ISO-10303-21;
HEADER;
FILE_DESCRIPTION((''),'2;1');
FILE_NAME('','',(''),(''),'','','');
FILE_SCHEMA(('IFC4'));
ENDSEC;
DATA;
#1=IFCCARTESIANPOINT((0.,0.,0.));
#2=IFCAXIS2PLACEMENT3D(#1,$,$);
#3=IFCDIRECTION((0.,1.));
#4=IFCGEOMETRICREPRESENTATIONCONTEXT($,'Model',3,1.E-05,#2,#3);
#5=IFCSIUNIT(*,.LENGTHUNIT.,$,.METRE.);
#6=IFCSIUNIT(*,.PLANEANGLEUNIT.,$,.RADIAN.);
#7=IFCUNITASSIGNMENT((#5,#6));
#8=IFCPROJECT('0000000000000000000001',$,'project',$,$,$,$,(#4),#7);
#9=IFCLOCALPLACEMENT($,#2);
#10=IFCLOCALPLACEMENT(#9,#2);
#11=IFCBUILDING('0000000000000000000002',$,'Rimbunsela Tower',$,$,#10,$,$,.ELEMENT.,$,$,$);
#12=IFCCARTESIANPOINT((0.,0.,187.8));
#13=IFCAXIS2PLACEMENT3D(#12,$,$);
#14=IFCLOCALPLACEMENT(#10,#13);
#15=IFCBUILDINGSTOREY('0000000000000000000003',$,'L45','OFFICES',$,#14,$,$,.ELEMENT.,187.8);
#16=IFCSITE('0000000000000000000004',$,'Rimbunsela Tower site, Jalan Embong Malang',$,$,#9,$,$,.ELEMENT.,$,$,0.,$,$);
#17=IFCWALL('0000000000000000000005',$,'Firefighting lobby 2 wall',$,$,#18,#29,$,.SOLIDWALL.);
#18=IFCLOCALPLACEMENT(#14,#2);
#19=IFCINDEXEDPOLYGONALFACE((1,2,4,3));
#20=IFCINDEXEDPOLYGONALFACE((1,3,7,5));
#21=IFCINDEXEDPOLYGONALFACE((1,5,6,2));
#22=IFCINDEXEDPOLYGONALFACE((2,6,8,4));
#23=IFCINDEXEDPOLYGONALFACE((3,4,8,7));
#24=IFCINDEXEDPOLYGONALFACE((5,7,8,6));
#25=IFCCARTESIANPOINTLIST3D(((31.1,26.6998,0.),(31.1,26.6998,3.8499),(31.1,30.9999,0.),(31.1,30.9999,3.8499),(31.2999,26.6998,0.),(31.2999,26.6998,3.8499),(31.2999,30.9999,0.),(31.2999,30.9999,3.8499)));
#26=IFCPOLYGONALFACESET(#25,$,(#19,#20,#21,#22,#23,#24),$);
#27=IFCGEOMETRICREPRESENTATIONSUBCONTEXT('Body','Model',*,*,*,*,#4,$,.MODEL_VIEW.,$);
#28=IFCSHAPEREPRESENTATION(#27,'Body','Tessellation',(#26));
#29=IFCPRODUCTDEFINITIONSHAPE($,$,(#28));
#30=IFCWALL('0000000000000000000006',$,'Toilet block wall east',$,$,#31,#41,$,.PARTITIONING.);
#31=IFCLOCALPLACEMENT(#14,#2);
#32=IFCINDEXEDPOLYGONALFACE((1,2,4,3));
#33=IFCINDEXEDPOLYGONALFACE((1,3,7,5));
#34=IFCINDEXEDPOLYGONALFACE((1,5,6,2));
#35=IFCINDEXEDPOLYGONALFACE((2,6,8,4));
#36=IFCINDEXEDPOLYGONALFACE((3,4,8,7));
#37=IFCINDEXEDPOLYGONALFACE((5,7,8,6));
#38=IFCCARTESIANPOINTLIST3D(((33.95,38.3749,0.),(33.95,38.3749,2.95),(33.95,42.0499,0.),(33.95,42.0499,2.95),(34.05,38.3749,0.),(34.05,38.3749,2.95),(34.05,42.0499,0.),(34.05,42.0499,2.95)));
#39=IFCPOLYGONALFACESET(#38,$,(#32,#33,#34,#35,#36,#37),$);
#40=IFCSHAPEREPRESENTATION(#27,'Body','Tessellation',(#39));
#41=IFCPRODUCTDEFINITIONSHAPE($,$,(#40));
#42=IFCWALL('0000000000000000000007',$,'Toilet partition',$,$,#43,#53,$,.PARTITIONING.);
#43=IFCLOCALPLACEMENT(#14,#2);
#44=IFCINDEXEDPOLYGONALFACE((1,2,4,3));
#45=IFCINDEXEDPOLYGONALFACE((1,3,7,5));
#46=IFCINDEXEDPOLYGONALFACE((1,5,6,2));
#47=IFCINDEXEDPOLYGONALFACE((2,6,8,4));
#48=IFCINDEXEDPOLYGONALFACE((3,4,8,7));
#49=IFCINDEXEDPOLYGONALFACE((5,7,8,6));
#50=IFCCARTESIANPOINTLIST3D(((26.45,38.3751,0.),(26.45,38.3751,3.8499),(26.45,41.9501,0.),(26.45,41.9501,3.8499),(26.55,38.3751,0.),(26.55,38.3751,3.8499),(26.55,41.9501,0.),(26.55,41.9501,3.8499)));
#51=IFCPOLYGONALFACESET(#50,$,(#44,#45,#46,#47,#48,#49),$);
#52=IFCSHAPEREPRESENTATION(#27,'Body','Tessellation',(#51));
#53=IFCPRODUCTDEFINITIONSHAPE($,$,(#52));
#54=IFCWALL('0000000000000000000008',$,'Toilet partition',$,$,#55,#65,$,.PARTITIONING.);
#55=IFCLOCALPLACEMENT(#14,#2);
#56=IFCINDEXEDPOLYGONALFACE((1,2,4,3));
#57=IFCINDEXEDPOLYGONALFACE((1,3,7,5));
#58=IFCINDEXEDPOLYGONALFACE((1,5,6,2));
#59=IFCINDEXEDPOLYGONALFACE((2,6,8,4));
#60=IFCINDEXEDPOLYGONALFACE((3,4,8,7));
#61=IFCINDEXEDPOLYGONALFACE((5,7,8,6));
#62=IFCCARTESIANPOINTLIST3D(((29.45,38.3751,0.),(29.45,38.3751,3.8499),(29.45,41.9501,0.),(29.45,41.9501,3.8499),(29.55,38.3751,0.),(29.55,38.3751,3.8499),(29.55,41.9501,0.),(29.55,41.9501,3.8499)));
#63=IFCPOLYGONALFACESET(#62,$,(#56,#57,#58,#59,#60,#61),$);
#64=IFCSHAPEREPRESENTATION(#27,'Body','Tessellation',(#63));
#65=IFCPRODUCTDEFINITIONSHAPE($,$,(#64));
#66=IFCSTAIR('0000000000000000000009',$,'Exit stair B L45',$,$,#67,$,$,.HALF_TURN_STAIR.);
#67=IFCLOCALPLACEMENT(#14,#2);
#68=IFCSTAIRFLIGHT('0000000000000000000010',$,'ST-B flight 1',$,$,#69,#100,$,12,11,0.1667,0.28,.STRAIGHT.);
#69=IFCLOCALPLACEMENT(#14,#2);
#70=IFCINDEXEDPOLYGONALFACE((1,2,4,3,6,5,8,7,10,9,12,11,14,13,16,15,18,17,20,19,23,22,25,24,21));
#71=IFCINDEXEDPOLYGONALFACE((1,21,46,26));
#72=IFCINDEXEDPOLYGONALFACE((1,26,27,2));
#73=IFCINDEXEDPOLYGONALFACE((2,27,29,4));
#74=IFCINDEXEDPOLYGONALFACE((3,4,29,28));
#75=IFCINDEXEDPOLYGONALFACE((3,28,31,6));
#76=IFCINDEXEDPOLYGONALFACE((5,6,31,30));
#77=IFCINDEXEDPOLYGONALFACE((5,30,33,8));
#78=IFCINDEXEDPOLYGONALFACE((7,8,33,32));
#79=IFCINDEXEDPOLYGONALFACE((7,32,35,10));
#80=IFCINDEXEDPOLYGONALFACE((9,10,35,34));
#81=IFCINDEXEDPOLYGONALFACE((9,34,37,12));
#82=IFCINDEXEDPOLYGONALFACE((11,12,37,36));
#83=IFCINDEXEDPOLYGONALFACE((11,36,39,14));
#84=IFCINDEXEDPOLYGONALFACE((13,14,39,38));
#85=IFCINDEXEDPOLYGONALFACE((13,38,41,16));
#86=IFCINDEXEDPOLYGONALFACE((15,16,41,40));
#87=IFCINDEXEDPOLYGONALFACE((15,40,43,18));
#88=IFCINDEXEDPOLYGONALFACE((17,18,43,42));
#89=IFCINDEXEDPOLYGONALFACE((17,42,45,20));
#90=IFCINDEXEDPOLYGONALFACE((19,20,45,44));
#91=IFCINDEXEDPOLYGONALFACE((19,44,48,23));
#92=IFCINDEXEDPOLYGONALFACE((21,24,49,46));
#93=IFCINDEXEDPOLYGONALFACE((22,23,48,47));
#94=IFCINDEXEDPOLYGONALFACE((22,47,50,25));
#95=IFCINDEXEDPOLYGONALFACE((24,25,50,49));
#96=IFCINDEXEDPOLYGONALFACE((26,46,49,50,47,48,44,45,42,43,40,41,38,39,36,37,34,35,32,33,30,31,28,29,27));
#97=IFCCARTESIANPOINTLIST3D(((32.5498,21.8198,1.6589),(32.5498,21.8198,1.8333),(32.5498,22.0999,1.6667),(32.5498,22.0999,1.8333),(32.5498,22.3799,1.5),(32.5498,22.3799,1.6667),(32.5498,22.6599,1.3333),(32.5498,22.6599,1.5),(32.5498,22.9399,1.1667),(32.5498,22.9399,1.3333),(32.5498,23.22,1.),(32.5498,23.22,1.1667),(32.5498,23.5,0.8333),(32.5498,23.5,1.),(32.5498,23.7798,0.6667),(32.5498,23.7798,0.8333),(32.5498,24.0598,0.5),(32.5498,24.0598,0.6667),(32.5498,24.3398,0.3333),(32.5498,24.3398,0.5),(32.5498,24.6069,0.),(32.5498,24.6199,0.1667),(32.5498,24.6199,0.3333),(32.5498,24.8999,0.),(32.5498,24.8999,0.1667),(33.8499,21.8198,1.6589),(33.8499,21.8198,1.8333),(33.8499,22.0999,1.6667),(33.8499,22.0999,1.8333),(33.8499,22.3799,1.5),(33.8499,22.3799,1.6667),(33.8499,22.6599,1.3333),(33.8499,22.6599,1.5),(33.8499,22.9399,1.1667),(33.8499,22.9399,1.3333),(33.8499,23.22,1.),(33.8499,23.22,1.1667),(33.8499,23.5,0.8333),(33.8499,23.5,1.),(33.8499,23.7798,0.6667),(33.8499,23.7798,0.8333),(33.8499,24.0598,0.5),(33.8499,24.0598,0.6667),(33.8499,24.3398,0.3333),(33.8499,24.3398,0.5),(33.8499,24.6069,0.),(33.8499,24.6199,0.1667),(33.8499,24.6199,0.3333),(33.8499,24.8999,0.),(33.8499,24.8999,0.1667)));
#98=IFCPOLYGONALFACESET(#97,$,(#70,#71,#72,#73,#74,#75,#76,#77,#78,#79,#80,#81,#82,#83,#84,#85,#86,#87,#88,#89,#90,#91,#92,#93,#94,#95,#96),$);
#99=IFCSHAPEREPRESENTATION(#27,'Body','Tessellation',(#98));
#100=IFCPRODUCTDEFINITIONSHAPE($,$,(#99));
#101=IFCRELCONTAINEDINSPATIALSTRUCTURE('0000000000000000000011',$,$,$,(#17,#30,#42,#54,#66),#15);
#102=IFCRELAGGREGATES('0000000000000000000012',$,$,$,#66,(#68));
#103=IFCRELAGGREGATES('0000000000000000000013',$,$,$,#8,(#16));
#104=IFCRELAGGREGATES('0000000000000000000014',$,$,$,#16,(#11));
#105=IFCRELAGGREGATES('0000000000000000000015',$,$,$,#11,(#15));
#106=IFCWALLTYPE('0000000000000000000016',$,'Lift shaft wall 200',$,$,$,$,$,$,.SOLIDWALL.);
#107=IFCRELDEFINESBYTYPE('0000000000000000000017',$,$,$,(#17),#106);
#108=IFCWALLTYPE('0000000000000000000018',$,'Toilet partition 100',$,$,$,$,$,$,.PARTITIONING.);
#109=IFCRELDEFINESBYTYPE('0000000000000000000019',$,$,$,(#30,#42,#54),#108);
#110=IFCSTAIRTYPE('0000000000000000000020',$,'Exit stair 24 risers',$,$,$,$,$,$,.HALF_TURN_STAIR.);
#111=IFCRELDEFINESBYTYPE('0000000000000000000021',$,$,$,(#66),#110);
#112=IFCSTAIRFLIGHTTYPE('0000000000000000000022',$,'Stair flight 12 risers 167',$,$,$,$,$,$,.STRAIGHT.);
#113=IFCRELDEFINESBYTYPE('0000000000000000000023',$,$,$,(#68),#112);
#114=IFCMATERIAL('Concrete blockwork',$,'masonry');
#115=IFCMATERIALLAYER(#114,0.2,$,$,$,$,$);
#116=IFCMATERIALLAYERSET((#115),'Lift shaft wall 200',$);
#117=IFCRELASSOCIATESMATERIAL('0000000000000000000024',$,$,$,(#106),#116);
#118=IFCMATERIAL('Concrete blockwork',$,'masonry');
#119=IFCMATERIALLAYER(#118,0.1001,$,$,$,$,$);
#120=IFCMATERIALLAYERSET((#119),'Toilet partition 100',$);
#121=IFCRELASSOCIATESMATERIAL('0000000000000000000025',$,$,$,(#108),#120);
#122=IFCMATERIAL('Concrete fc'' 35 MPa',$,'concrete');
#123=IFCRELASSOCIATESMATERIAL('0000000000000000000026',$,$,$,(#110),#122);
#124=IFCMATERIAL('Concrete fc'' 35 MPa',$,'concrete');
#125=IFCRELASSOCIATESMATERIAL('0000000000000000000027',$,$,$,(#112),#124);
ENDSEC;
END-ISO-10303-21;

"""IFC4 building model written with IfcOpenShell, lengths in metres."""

from ifc_helpers import new_model, si_unit, direction, frame, frame_2d, origin, place, context, subcontext, project, spatial, polyline, rectangle, outline, extrude, material, layer, layer_set, type_object, element, aggregate, save


model = new_model("IFC4")

# Units and contexts
model_context = context("Model", 3, precision=1e-05, world=origin(), true_north=direction((0.0, 1.0)))
body_context = subcontext(model_context, "Body", "Model", "MODEL_VIEW")
ifc_project = project(units=[si_unit("LENGTHUNIT", "METRE"), si_unit("PLANEANGLEUNIT", "RADIAN")], contexts=[model_context])

# Site, building, storey
site_placement = place(None, origin())
site = spatial("IfcSite", under=ifc_project, at=site_placement, Name="Rimbunsela Tower site, Jalan Embong Malang", CompositionType="ELEMENT", RefElevation=0.0)
building_placement = place(site_placement, origin())
building = spatial("IfcBuilding", under=site, at=building_placement, Name="Rimbunsela Tower", CompositionType="ELEMENT")
storey_placement = place(building_placement, frame((0.0, 0.0, 187.8)))
storey = spatial("IfcBuildingStorey", under=building, at=storey_placement, Name="L45", Description="OFFICES", CompositionType="ELEMENT", Elevation=187.8)

# Walls
ifc_material_1 = material(Name="Concrete blockwork", Category="masonry")
ifc_layer_1 = layer(ifc_material_1, 0.2)
ifc_layer_set_1 = layer_set([ifc_layer_1], Name="Lift shaft wall 200")
wall_type_1 = type_object("IfcWallType", Name="Lift shaft wall 200", PredefinedType="SOLIDWALL", material=ifc_layer_set_1)
wall_1_placement = place(storey_placement, frame((31.2, 26.7, 0.0), z_axis=(0.0, 0.0, 1.0), x_axis=(0.0, 1.0, 0.0)))
element("IfcWall", 1, at=wall_1_placement, inside=storey, type_object=wall_type_1, Name="Firefighting lobby 2 wall", PredefinedType="SOLIDWALL", context=body_context, shape_type="SweptSolid", body=[
    extrude(rectangle(XDim=4.3, YDim=0.2, at=frame_2d((2.1499, 0.0))), origin(), (0.0, 0.0, 1.0), 3.8499),
])
ifc_material_2 = material(Name="Concrete blockwork", Category="masonry")
ifc_layer_2 = layer(ifc_material_2, 0.1001)
ifc_layer_set_2 = layer_set([ifc_layer_2], Name="Toilet partition 100")
wall_type_2 = type_object("IfcWallType", Name="Toilet partition 100", PredefinedType="PARTITIONING", material=ifc_layer_set_2)
wall_2_placement = place(storey_placement, frame((34.0, 38.375, 0.0), z_axis=(0.0, 0.0, 1.0), x_axis=(0.0, 1.0, 0.0)))
element("IfcWall", 2, at=wall_2_placement, inside=storey, type_object=wall_type_2, Name="Toilet block wall east", PredefinedType="PARTITIONING", context=body_context, shape_type="SweptSolid", body=[
    extrude(rectangle(XDim=3.675, YDim=0.1001, at=frame_2d((1.8374, 0.0))), origin(), (0.0, 0.0, 1.0), 2.95),
])
for number, where, z_axis, x_axis, name in (
    (3, (26.5, 38.375, 0.0), (0.0, 0.0, 1.0), (0.0, 1.0, 0.0), "Toilet partition"),
    (4, (29.5, 38.375, 0.0), (0.0, 0.0, 1.0), (0.0, 1.0, 0.0), "Toilet partition"),
):
    element("IfcWall", number, at=place(storey_placement, frame(where, z_axis=z_axis, x_axis=x_axis)), inside=storey, type_object=wall_type_2, Name=name, PredefinedType="PARTITIONING", context=body_context, shape_type="SweptSolid", body=[
        extrude(rectangle(XDim=3.575, YDim=0.1001, at=frame_2d((1.7876, 0.0))), origin(), (0.0, 0.0, 1.0), 3.8499),
    ])

# Stair, stair flight
ifc_material_3 = material(Name="Concrete fc' 35 MPa", Category="concrete")
stair_type = type_object("IfcStairType", Name="Exit stair 24 risers", PredefinedType="HALF_TURN_STAIR", material=ifc_material_3)
stair_placement = place(storey_placement, origin())
stair = element("IfcStair", 5, at=stair_placement, inside=storey, type_object=stair_type, Name="Exit stair B L45", PredefinedType="HALF_TURN_STAIR")
ifc_material_4 = material(Name="Concrete fc' 35 MPa", Category="concrete")
stair_flight_type = type_object("IfcStairFlightType", Name="Stair flight 12 risers 167", PredefinedType="STRAIGHT", material=ifc_material_4)
stair_flight_placement = place(storey_placement, frame((33.2, 24.8999, 0.0), z_axis=(0.0, 0.0, 1.0), x_axis=(0.0, -1.0, 0.0)))
stair_flight = element("IfcStairFlight", 6, at=stair_flight_placement, type_object=stair_flight_type, Name="ST-B flight 1", NumberOfRisers=12, NumberOfTreads=11, PredefinedType="STRAIGHT", RiserHeight=0.1667, TreadLength=0.28, context=body_context, shape_type="SweptSolid", body=[
    extrude(outline(polyline([(0.0, 0.0), (0.0, 0.1667), (0.28, 0.1667), (0.28, 0.3333), (0.5601, 0.3333), (0.5601, 0.5), (0.8401, 0.5), (0.8401, 0.6667), (1.1201, 0.6667), (1.1201, 0.8333), (1.3999, 0.8333), (1.3999, 1.0), (1.6799, 1.0), (1.6799, 1.1667), (1.96, 1.1667), (1.96, 1.3333), (2.24, 1.3333), (2.24, 1.5), (2.52, 1.5), (2.52, 1.6667), (2.8, 1.6667), (2.8, 1.8333), (3.0801, 1.8333), (3.0801, 2.0), (3.0801, 1.6589), (0.293, 0.0), (0.0, 0.0)])), frame((0.0, 0.6499, 0.0), z_axis=(0.0, -1.0, 0.0), x_axis=(1.0, 0.0, 0.0)), (0.0, 0.0, 1.0), 1.3),
])
aggregate(stair, [stair_flight])

save(model, "model.ifc")
